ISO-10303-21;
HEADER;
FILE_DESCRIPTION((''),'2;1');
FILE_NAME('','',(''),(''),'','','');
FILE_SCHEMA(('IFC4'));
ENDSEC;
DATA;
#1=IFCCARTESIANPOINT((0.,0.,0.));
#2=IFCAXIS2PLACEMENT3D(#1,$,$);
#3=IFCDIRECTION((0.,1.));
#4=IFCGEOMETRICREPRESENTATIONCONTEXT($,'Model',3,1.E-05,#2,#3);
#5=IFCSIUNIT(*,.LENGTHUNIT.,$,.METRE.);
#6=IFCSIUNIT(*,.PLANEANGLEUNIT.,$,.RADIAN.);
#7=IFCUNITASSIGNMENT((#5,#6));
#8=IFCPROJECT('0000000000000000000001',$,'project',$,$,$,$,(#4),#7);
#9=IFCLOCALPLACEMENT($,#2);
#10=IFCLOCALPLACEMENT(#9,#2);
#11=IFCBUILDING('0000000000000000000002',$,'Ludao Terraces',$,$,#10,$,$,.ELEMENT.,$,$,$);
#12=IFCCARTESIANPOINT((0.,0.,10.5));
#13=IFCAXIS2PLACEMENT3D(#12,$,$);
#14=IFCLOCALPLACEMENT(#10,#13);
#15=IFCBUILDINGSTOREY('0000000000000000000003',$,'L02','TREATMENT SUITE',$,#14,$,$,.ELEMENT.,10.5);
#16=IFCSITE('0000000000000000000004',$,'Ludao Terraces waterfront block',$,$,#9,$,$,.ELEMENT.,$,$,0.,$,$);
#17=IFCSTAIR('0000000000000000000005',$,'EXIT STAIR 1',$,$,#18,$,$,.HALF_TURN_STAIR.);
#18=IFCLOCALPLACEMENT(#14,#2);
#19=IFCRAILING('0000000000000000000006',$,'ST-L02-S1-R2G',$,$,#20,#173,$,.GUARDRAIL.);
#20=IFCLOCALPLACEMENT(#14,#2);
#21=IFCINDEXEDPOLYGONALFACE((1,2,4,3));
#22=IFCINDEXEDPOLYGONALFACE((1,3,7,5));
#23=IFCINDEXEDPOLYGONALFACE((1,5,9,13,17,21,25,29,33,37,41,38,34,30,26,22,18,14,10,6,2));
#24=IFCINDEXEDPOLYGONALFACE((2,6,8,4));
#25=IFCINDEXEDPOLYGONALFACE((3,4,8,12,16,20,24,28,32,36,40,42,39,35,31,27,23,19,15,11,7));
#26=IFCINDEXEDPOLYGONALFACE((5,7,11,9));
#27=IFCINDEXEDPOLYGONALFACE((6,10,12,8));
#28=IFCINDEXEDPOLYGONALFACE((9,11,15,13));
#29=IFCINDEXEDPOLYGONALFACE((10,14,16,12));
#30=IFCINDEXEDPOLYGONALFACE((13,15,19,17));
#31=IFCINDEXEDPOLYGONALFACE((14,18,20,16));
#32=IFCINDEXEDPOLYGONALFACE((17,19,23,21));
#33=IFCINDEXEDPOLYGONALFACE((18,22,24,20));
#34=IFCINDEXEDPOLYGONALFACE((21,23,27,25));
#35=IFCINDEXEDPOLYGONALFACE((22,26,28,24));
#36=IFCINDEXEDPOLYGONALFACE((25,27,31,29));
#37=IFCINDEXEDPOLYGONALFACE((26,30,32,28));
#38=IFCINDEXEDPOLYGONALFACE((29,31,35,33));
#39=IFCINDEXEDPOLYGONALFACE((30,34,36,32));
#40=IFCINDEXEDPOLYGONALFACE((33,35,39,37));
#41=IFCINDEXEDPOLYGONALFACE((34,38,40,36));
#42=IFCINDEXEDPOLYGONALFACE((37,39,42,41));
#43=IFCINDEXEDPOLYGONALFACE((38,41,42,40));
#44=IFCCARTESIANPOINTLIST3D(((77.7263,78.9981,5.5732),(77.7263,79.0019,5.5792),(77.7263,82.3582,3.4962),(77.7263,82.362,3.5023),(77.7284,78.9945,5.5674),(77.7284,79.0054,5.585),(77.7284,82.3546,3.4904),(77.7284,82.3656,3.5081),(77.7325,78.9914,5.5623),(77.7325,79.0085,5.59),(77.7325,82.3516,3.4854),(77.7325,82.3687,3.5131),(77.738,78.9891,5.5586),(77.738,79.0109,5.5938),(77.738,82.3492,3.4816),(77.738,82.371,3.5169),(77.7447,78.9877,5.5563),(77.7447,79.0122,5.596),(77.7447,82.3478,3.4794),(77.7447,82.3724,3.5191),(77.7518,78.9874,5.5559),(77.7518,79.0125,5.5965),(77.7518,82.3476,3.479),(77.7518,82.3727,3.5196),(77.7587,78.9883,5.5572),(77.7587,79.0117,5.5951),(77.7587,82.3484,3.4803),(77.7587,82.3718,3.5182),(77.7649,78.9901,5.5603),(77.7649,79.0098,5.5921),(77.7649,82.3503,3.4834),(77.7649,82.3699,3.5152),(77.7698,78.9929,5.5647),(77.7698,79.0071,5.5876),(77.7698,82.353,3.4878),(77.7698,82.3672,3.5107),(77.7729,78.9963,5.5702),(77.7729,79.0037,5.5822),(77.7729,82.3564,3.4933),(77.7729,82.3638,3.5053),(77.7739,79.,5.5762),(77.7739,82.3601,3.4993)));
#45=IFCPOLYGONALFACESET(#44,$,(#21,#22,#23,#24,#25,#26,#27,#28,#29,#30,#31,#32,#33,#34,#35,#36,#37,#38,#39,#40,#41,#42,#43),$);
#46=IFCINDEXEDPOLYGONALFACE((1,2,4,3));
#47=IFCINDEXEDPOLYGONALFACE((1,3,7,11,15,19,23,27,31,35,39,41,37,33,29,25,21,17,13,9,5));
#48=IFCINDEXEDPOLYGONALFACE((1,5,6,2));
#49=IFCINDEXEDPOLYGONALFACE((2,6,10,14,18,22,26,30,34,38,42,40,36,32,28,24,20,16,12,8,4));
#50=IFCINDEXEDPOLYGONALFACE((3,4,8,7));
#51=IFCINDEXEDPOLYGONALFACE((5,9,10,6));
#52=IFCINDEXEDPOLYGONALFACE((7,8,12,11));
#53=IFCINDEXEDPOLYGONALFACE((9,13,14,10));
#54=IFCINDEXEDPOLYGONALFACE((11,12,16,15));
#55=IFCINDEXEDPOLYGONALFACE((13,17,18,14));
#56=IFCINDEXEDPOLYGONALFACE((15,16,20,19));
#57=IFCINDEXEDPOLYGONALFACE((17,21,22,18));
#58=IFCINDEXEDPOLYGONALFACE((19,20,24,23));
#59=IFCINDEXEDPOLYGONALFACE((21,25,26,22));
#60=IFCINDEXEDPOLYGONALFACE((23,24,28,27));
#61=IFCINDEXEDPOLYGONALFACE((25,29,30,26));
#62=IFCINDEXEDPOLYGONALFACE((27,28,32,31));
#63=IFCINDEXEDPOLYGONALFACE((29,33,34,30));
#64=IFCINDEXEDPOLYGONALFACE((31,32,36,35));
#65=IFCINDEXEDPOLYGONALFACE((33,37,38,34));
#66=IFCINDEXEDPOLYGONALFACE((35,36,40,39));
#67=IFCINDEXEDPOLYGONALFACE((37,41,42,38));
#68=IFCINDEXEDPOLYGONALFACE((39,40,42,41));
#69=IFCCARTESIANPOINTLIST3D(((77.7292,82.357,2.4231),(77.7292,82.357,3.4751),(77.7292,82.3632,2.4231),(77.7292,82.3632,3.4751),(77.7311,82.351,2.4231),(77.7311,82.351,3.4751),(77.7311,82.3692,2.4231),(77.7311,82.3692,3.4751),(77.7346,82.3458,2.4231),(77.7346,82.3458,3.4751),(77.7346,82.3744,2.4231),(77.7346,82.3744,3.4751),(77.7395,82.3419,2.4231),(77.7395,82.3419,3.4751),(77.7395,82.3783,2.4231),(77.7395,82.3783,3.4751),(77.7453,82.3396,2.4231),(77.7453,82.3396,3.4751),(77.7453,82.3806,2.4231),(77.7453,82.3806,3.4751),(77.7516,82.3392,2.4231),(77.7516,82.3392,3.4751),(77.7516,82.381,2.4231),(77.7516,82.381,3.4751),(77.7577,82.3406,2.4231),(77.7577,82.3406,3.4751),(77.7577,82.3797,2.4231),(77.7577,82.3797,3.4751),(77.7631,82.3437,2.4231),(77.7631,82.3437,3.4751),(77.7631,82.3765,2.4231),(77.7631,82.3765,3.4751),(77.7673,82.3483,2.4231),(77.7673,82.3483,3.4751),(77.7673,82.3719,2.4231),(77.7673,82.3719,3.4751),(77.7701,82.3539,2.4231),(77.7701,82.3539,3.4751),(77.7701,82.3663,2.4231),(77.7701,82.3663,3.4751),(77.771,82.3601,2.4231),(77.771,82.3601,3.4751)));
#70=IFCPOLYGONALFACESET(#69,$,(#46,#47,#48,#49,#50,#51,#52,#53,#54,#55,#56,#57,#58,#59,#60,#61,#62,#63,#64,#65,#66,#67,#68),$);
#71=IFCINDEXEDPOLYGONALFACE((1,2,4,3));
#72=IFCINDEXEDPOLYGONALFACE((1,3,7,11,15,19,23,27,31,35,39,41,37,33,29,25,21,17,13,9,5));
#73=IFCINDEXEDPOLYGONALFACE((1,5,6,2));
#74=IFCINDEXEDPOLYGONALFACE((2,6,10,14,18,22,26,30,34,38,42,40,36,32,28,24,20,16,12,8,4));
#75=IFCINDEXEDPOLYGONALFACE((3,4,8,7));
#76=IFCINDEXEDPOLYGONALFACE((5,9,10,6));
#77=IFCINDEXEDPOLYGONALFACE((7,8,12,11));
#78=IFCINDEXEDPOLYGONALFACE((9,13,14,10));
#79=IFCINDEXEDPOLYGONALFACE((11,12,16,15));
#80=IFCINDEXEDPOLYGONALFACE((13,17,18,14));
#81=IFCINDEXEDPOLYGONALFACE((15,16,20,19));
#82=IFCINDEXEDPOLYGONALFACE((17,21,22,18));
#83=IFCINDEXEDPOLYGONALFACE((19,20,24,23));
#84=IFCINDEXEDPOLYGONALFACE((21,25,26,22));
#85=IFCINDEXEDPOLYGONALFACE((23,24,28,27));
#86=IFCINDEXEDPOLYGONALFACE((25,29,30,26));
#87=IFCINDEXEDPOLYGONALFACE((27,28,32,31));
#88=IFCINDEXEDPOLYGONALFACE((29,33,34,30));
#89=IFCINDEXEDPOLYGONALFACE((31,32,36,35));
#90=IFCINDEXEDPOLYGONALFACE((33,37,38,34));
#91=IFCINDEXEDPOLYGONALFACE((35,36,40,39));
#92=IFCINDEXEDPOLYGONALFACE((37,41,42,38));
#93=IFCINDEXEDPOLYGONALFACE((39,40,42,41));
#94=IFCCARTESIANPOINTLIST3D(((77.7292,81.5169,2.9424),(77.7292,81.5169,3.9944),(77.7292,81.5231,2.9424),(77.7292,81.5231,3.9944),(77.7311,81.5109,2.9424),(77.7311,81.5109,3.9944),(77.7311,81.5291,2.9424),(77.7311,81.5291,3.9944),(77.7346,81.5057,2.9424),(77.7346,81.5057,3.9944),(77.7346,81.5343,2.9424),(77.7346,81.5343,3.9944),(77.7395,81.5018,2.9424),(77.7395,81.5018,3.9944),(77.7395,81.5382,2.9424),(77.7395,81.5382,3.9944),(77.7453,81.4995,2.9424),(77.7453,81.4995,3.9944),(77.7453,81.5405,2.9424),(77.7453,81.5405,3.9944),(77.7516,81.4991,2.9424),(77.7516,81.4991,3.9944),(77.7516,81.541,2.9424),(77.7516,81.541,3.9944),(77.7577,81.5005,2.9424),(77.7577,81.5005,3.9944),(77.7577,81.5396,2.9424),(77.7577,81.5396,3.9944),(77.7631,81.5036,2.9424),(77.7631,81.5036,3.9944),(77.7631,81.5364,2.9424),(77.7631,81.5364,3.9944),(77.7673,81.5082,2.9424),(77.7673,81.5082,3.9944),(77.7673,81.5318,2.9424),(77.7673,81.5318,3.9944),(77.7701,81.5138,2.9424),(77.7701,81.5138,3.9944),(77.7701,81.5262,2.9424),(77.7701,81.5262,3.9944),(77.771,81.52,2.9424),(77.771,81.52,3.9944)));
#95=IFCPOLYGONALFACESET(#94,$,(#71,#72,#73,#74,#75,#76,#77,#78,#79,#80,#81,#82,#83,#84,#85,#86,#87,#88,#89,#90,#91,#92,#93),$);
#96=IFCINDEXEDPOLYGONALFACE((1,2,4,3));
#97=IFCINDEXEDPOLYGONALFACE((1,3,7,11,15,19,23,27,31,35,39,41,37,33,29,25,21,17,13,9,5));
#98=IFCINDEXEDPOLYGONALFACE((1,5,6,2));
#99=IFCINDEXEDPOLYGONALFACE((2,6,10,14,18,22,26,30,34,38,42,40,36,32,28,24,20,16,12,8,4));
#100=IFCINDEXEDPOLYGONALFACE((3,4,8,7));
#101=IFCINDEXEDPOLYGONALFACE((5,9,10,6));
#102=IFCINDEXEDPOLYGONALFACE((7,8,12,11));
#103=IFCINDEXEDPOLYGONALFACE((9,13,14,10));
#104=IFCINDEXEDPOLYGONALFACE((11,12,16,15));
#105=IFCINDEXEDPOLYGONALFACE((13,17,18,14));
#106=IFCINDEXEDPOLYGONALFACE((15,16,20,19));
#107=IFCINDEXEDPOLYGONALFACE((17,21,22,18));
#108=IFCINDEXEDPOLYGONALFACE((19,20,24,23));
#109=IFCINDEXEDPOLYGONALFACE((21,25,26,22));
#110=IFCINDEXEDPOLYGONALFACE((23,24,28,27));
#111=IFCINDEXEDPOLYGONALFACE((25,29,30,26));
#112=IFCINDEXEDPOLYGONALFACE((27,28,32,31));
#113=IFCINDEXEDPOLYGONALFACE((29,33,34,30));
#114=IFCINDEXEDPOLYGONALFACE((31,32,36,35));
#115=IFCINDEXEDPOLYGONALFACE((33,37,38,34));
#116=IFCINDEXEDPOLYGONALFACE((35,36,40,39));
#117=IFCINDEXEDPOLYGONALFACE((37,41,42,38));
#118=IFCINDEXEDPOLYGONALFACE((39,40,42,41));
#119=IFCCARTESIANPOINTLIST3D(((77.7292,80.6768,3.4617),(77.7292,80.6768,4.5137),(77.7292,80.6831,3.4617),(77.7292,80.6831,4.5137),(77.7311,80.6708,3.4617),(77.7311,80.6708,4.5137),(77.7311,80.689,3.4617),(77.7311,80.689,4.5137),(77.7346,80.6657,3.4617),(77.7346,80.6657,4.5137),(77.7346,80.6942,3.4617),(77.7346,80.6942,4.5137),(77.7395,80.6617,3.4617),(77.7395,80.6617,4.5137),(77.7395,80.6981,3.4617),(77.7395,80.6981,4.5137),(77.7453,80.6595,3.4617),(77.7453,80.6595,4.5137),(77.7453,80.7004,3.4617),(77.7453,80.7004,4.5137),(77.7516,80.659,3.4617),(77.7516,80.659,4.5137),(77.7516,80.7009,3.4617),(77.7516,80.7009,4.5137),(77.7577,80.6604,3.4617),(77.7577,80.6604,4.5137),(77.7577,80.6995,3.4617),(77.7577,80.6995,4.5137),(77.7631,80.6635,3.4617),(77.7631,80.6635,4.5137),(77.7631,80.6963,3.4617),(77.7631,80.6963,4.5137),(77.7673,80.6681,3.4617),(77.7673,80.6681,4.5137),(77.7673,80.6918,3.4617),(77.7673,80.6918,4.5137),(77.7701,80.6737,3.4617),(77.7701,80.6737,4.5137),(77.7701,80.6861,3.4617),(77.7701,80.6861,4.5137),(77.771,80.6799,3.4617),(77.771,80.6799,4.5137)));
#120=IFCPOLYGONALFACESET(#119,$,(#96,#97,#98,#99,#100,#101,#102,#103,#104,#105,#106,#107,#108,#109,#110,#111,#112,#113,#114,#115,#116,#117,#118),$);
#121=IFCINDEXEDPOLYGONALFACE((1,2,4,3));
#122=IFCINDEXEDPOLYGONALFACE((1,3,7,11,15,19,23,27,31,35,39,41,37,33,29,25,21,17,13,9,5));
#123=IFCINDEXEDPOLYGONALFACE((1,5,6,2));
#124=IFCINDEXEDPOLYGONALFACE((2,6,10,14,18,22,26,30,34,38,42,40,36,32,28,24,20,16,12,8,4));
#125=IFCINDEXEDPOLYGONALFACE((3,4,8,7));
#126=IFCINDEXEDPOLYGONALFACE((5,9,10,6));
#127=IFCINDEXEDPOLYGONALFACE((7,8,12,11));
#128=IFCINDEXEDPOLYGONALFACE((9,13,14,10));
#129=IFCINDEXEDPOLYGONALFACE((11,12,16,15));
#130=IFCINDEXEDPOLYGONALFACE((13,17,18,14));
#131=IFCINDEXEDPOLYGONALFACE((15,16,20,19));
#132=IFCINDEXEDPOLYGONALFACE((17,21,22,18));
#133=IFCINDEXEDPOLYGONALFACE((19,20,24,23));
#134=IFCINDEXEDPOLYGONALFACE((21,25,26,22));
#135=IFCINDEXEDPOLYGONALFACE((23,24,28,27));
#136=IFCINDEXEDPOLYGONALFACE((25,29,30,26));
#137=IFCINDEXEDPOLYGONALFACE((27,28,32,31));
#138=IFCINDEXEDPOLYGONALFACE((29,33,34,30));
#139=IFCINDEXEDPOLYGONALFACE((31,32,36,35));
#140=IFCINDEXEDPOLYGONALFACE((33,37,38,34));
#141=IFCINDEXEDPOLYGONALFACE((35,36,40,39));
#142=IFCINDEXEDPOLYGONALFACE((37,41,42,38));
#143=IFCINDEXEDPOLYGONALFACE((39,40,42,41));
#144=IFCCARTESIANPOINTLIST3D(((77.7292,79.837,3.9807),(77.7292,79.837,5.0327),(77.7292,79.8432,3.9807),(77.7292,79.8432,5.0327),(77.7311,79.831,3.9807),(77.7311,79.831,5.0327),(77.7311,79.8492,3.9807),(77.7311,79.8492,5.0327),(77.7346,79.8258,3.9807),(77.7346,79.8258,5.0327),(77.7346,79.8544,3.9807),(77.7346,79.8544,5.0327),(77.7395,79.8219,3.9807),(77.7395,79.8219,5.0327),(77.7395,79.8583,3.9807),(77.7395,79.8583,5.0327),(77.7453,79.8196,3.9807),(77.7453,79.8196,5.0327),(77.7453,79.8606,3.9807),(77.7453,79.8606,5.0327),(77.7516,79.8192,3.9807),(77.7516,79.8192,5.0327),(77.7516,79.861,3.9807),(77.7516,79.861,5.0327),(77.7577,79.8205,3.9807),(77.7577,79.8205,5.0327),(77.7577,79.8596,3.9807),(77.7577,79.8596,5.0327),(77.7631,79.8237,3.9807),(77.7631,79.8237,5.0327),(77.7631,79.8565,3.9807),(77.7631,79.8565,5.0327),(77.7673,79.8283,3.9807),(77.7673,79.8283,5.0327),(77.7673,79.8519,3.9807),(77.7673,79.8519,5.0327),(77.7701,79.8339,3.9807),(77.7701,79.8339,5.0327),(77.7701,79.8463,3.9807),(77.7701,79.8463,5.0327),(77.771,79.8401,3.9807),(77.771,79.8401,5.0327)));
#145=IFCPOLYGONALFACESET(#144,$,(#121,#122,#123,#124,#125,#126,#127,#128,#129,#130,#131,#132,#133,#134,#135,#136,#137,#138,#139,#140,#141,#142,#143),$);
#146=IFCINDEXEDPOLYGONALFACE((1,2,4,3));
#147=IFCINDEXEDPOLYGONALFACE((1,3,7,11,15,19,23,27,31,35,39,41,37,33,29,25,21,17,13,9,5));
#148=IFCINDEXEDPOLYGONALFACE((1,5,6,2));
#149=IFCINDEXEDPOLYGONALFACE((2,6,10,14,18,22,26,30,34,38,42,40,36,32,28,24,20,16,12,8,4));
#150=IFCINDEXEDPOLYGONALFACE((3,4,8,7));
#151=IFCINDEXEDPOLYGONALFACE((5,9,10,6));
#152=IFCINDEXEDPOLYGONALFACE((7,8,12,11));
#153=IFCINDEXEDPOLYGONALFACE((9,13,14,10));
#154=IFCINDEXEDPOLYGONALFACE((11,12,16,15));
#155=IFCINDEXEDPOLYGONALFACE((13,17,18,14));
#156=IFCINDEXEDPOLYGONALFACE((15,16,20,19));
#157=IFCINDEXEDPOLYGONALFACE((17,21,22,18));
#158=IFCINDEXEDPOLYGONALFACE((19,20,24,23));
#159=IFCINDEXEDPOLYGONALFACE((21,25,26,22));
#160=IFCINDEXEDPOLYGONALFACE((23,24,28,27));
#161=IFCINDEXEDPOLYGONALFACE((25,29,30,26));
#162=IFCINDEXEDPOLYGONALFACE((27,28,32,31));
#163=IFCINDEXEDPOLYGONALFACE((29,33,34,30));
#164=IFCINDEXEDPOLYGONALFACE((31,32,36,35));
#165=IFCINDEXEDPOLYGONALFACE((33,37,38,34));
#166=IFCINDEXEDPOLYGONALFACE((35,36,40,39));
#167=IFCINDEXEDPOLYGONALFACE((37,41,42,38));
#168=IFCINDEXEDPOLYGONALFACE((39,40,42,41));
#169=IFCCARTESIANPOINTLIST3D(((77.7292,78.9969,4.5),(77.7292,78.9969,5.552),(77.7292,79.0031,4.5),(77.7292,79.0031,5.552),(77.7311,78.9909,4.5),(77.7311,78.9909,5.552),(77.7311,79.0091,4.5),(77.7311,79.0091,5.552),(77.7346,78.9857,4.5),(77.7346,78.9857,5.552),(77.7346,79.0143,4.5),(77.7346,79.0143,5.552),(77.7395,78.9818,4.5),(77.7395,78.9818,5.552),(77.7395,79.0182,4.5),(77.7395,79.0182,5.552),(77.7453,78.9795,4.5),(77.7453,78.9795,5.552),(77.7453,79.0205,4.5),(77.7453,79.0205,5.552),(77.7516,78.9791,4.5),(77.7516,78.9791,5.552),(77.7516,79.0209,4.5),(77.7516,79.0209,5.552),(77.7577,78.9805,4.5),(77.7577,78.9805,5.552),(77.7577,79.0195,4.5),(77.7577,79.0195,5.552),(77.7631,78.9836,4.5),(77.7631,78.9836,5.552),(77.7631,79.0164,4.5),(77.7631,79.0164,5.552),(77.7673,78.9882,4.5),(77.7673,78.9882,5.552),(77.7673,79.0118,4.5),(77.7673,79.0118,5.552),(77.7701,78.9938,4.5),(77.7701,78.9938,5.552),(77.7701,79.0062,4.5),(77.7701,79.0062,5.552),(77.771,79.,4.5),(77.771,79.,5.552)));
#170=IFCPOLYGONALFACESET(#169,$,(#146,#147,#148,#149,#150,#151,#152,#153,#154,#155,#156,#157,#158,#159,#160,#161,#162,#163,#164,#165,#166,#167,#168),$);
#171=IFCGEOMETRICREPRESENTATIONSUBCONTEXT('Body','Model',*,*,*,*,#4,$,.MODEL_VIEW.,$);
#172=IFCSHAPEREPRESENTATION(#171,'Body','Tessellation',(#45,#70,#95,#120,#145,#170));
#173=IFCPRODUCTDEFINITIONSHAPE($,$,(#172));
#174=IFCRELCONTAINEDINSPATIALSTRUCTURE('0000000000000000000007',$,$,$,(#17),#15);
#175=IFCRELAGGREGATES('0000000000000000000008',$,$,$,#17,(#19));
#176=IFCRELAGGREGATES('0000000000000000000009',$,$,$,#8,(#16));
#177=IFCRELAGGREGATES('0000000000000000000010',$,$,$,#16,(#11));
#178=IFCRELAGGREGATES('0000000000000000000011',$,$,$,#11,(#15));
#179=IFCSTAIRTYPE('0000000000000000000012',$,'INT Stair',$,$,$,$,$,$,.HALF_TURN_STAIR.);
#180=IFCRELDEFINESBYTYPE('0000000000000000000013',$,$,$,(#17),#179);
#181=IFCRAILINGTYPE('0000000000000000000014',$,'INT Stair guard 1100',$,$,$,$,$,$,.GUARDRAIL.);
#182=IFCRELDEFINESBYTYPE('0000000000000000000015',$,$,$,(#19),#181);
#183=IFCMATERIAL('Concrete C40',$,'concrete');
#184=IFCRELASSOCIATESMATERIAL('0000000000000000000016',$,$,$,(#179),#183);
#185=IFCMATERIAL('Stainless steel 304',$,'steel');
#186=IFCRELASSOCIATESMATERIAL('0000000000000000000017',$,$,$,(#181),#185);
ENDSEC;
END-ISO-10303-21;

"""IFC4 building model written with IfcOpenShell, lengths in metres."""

from ifc_helpers import new_model, si_unit, direction, frame, origin, origin_2d, place, context, subcontext, project, spatial, circle, extrude, material, type_object, element, aggregate, save


model = new_model("IFC4")

# Units and contexts
model_context = context("Model", 3, precision=1e-05, world=origin(), true_north=direction((0.0, 1.0)))
body_context = subcontext(model_context, "Body", "Model", "MODEL_VIEW")
ifc_project = project(units=[si_unit("LENGTHUNIT", "METRE"), si_unit("PLANEANGLEUNIT", "RADIAN")], contexts=[model_context])

# Site, building, storey
site_placement = place(None, origin())
site = spatial("IfcSite", under=ifc_project, at=site_placement, Name="Ludao Terraces waterfront block", CompositionType="ELEMENT", RefElevation=0.0)
building_placement = place(site_placement, origin())
building = spatial("IfcBuilding", under=site, at=building_placement, Name="Ludao Terraces", CompositionType="ELEMENT")
storey_placement = place(building_placement, frame((0.0, 0.0, 10.5)))
storey = spatial("IfcBuildingStorey", under=building, at=storey_placement, Name="L02", Description="TREATMENT SUITE", CompositionType="ELEMENT", Elevation=10.5)

# Shared definitions
ifc_material_1 = material(Name="Concrete C40", Category="concrete")

# Shared definitions
ifc_material_2 = material(Name="Stainless steel 304", Category="steel")

# Stair, railing
stair_type = type_object("IfcStairType", Name="INT Stair", PredefinedType="HALF_TURN_STAIR", material=ifc_material_1)
stair_placement = place(storey_placement, origin())
stair = element("IfcStair", 1, at=stair_placement, inside=storey, type_object=stair_type, Name="EXIT STAIR 1", PredefinedType="HALF_TURN_STAIR")
railing_type_1 = type_object("IfcRailingType", Name="INT Stair guard 1100", PredefinedType="GUARDRAIL", material=ifc_material_2)
railing_1_placement = place(storey_placement, frame((77.75, 82.3601, 2.4231)))
railing_1 = element("IfcRailing", 2, at=railing_1_placement, type_object=railing_type_1, Name="ST-L02-S1-R2G", PredefinedType="GUARDRAIL", context=body_context, shape_type="SweptSolid", body=[
    extrude(circle(Radius=0.0239, at=origin_2d()), frame((0.0, 0.0, 1.0762), z_axis=(0.0, -0.850623, 0.525776), x_axis=(1.0, 0.0, 0.0)), (0.0, 0.0, 1.0), 3.9502),
    extrude(circle(Radius=0.021, at=origin_2d()), origin(), (0.0, 0.0, 1.0), 1.052),
    extrude(circle(Radius=0.021, at=origin_2d()), frame((0.0, -0.8401, 0.5193)), (0.0, 0.0, 1.0), 1.052),
    extrude(circle(Radius=0.021, at=origin_2d()), frame((0.0, -1.6802, 1.0386)), (0.0, 0.0, 1.0), 1.052),
    extrude(circle(Radius=0.021, at=origin_2d()), frame((0.0, -2.52, 1.5576)), (0.0, 0.0, 1.0), 1.052),
    extrude(circle(Radius=0.021, at=origin_2d()), frame((0.0, -3.3601, 2.0769)), (0.0, 0.0, 1.0), 1.052),
])
aggregate(stair, [railing_1])

save(model, "model.ifc")
